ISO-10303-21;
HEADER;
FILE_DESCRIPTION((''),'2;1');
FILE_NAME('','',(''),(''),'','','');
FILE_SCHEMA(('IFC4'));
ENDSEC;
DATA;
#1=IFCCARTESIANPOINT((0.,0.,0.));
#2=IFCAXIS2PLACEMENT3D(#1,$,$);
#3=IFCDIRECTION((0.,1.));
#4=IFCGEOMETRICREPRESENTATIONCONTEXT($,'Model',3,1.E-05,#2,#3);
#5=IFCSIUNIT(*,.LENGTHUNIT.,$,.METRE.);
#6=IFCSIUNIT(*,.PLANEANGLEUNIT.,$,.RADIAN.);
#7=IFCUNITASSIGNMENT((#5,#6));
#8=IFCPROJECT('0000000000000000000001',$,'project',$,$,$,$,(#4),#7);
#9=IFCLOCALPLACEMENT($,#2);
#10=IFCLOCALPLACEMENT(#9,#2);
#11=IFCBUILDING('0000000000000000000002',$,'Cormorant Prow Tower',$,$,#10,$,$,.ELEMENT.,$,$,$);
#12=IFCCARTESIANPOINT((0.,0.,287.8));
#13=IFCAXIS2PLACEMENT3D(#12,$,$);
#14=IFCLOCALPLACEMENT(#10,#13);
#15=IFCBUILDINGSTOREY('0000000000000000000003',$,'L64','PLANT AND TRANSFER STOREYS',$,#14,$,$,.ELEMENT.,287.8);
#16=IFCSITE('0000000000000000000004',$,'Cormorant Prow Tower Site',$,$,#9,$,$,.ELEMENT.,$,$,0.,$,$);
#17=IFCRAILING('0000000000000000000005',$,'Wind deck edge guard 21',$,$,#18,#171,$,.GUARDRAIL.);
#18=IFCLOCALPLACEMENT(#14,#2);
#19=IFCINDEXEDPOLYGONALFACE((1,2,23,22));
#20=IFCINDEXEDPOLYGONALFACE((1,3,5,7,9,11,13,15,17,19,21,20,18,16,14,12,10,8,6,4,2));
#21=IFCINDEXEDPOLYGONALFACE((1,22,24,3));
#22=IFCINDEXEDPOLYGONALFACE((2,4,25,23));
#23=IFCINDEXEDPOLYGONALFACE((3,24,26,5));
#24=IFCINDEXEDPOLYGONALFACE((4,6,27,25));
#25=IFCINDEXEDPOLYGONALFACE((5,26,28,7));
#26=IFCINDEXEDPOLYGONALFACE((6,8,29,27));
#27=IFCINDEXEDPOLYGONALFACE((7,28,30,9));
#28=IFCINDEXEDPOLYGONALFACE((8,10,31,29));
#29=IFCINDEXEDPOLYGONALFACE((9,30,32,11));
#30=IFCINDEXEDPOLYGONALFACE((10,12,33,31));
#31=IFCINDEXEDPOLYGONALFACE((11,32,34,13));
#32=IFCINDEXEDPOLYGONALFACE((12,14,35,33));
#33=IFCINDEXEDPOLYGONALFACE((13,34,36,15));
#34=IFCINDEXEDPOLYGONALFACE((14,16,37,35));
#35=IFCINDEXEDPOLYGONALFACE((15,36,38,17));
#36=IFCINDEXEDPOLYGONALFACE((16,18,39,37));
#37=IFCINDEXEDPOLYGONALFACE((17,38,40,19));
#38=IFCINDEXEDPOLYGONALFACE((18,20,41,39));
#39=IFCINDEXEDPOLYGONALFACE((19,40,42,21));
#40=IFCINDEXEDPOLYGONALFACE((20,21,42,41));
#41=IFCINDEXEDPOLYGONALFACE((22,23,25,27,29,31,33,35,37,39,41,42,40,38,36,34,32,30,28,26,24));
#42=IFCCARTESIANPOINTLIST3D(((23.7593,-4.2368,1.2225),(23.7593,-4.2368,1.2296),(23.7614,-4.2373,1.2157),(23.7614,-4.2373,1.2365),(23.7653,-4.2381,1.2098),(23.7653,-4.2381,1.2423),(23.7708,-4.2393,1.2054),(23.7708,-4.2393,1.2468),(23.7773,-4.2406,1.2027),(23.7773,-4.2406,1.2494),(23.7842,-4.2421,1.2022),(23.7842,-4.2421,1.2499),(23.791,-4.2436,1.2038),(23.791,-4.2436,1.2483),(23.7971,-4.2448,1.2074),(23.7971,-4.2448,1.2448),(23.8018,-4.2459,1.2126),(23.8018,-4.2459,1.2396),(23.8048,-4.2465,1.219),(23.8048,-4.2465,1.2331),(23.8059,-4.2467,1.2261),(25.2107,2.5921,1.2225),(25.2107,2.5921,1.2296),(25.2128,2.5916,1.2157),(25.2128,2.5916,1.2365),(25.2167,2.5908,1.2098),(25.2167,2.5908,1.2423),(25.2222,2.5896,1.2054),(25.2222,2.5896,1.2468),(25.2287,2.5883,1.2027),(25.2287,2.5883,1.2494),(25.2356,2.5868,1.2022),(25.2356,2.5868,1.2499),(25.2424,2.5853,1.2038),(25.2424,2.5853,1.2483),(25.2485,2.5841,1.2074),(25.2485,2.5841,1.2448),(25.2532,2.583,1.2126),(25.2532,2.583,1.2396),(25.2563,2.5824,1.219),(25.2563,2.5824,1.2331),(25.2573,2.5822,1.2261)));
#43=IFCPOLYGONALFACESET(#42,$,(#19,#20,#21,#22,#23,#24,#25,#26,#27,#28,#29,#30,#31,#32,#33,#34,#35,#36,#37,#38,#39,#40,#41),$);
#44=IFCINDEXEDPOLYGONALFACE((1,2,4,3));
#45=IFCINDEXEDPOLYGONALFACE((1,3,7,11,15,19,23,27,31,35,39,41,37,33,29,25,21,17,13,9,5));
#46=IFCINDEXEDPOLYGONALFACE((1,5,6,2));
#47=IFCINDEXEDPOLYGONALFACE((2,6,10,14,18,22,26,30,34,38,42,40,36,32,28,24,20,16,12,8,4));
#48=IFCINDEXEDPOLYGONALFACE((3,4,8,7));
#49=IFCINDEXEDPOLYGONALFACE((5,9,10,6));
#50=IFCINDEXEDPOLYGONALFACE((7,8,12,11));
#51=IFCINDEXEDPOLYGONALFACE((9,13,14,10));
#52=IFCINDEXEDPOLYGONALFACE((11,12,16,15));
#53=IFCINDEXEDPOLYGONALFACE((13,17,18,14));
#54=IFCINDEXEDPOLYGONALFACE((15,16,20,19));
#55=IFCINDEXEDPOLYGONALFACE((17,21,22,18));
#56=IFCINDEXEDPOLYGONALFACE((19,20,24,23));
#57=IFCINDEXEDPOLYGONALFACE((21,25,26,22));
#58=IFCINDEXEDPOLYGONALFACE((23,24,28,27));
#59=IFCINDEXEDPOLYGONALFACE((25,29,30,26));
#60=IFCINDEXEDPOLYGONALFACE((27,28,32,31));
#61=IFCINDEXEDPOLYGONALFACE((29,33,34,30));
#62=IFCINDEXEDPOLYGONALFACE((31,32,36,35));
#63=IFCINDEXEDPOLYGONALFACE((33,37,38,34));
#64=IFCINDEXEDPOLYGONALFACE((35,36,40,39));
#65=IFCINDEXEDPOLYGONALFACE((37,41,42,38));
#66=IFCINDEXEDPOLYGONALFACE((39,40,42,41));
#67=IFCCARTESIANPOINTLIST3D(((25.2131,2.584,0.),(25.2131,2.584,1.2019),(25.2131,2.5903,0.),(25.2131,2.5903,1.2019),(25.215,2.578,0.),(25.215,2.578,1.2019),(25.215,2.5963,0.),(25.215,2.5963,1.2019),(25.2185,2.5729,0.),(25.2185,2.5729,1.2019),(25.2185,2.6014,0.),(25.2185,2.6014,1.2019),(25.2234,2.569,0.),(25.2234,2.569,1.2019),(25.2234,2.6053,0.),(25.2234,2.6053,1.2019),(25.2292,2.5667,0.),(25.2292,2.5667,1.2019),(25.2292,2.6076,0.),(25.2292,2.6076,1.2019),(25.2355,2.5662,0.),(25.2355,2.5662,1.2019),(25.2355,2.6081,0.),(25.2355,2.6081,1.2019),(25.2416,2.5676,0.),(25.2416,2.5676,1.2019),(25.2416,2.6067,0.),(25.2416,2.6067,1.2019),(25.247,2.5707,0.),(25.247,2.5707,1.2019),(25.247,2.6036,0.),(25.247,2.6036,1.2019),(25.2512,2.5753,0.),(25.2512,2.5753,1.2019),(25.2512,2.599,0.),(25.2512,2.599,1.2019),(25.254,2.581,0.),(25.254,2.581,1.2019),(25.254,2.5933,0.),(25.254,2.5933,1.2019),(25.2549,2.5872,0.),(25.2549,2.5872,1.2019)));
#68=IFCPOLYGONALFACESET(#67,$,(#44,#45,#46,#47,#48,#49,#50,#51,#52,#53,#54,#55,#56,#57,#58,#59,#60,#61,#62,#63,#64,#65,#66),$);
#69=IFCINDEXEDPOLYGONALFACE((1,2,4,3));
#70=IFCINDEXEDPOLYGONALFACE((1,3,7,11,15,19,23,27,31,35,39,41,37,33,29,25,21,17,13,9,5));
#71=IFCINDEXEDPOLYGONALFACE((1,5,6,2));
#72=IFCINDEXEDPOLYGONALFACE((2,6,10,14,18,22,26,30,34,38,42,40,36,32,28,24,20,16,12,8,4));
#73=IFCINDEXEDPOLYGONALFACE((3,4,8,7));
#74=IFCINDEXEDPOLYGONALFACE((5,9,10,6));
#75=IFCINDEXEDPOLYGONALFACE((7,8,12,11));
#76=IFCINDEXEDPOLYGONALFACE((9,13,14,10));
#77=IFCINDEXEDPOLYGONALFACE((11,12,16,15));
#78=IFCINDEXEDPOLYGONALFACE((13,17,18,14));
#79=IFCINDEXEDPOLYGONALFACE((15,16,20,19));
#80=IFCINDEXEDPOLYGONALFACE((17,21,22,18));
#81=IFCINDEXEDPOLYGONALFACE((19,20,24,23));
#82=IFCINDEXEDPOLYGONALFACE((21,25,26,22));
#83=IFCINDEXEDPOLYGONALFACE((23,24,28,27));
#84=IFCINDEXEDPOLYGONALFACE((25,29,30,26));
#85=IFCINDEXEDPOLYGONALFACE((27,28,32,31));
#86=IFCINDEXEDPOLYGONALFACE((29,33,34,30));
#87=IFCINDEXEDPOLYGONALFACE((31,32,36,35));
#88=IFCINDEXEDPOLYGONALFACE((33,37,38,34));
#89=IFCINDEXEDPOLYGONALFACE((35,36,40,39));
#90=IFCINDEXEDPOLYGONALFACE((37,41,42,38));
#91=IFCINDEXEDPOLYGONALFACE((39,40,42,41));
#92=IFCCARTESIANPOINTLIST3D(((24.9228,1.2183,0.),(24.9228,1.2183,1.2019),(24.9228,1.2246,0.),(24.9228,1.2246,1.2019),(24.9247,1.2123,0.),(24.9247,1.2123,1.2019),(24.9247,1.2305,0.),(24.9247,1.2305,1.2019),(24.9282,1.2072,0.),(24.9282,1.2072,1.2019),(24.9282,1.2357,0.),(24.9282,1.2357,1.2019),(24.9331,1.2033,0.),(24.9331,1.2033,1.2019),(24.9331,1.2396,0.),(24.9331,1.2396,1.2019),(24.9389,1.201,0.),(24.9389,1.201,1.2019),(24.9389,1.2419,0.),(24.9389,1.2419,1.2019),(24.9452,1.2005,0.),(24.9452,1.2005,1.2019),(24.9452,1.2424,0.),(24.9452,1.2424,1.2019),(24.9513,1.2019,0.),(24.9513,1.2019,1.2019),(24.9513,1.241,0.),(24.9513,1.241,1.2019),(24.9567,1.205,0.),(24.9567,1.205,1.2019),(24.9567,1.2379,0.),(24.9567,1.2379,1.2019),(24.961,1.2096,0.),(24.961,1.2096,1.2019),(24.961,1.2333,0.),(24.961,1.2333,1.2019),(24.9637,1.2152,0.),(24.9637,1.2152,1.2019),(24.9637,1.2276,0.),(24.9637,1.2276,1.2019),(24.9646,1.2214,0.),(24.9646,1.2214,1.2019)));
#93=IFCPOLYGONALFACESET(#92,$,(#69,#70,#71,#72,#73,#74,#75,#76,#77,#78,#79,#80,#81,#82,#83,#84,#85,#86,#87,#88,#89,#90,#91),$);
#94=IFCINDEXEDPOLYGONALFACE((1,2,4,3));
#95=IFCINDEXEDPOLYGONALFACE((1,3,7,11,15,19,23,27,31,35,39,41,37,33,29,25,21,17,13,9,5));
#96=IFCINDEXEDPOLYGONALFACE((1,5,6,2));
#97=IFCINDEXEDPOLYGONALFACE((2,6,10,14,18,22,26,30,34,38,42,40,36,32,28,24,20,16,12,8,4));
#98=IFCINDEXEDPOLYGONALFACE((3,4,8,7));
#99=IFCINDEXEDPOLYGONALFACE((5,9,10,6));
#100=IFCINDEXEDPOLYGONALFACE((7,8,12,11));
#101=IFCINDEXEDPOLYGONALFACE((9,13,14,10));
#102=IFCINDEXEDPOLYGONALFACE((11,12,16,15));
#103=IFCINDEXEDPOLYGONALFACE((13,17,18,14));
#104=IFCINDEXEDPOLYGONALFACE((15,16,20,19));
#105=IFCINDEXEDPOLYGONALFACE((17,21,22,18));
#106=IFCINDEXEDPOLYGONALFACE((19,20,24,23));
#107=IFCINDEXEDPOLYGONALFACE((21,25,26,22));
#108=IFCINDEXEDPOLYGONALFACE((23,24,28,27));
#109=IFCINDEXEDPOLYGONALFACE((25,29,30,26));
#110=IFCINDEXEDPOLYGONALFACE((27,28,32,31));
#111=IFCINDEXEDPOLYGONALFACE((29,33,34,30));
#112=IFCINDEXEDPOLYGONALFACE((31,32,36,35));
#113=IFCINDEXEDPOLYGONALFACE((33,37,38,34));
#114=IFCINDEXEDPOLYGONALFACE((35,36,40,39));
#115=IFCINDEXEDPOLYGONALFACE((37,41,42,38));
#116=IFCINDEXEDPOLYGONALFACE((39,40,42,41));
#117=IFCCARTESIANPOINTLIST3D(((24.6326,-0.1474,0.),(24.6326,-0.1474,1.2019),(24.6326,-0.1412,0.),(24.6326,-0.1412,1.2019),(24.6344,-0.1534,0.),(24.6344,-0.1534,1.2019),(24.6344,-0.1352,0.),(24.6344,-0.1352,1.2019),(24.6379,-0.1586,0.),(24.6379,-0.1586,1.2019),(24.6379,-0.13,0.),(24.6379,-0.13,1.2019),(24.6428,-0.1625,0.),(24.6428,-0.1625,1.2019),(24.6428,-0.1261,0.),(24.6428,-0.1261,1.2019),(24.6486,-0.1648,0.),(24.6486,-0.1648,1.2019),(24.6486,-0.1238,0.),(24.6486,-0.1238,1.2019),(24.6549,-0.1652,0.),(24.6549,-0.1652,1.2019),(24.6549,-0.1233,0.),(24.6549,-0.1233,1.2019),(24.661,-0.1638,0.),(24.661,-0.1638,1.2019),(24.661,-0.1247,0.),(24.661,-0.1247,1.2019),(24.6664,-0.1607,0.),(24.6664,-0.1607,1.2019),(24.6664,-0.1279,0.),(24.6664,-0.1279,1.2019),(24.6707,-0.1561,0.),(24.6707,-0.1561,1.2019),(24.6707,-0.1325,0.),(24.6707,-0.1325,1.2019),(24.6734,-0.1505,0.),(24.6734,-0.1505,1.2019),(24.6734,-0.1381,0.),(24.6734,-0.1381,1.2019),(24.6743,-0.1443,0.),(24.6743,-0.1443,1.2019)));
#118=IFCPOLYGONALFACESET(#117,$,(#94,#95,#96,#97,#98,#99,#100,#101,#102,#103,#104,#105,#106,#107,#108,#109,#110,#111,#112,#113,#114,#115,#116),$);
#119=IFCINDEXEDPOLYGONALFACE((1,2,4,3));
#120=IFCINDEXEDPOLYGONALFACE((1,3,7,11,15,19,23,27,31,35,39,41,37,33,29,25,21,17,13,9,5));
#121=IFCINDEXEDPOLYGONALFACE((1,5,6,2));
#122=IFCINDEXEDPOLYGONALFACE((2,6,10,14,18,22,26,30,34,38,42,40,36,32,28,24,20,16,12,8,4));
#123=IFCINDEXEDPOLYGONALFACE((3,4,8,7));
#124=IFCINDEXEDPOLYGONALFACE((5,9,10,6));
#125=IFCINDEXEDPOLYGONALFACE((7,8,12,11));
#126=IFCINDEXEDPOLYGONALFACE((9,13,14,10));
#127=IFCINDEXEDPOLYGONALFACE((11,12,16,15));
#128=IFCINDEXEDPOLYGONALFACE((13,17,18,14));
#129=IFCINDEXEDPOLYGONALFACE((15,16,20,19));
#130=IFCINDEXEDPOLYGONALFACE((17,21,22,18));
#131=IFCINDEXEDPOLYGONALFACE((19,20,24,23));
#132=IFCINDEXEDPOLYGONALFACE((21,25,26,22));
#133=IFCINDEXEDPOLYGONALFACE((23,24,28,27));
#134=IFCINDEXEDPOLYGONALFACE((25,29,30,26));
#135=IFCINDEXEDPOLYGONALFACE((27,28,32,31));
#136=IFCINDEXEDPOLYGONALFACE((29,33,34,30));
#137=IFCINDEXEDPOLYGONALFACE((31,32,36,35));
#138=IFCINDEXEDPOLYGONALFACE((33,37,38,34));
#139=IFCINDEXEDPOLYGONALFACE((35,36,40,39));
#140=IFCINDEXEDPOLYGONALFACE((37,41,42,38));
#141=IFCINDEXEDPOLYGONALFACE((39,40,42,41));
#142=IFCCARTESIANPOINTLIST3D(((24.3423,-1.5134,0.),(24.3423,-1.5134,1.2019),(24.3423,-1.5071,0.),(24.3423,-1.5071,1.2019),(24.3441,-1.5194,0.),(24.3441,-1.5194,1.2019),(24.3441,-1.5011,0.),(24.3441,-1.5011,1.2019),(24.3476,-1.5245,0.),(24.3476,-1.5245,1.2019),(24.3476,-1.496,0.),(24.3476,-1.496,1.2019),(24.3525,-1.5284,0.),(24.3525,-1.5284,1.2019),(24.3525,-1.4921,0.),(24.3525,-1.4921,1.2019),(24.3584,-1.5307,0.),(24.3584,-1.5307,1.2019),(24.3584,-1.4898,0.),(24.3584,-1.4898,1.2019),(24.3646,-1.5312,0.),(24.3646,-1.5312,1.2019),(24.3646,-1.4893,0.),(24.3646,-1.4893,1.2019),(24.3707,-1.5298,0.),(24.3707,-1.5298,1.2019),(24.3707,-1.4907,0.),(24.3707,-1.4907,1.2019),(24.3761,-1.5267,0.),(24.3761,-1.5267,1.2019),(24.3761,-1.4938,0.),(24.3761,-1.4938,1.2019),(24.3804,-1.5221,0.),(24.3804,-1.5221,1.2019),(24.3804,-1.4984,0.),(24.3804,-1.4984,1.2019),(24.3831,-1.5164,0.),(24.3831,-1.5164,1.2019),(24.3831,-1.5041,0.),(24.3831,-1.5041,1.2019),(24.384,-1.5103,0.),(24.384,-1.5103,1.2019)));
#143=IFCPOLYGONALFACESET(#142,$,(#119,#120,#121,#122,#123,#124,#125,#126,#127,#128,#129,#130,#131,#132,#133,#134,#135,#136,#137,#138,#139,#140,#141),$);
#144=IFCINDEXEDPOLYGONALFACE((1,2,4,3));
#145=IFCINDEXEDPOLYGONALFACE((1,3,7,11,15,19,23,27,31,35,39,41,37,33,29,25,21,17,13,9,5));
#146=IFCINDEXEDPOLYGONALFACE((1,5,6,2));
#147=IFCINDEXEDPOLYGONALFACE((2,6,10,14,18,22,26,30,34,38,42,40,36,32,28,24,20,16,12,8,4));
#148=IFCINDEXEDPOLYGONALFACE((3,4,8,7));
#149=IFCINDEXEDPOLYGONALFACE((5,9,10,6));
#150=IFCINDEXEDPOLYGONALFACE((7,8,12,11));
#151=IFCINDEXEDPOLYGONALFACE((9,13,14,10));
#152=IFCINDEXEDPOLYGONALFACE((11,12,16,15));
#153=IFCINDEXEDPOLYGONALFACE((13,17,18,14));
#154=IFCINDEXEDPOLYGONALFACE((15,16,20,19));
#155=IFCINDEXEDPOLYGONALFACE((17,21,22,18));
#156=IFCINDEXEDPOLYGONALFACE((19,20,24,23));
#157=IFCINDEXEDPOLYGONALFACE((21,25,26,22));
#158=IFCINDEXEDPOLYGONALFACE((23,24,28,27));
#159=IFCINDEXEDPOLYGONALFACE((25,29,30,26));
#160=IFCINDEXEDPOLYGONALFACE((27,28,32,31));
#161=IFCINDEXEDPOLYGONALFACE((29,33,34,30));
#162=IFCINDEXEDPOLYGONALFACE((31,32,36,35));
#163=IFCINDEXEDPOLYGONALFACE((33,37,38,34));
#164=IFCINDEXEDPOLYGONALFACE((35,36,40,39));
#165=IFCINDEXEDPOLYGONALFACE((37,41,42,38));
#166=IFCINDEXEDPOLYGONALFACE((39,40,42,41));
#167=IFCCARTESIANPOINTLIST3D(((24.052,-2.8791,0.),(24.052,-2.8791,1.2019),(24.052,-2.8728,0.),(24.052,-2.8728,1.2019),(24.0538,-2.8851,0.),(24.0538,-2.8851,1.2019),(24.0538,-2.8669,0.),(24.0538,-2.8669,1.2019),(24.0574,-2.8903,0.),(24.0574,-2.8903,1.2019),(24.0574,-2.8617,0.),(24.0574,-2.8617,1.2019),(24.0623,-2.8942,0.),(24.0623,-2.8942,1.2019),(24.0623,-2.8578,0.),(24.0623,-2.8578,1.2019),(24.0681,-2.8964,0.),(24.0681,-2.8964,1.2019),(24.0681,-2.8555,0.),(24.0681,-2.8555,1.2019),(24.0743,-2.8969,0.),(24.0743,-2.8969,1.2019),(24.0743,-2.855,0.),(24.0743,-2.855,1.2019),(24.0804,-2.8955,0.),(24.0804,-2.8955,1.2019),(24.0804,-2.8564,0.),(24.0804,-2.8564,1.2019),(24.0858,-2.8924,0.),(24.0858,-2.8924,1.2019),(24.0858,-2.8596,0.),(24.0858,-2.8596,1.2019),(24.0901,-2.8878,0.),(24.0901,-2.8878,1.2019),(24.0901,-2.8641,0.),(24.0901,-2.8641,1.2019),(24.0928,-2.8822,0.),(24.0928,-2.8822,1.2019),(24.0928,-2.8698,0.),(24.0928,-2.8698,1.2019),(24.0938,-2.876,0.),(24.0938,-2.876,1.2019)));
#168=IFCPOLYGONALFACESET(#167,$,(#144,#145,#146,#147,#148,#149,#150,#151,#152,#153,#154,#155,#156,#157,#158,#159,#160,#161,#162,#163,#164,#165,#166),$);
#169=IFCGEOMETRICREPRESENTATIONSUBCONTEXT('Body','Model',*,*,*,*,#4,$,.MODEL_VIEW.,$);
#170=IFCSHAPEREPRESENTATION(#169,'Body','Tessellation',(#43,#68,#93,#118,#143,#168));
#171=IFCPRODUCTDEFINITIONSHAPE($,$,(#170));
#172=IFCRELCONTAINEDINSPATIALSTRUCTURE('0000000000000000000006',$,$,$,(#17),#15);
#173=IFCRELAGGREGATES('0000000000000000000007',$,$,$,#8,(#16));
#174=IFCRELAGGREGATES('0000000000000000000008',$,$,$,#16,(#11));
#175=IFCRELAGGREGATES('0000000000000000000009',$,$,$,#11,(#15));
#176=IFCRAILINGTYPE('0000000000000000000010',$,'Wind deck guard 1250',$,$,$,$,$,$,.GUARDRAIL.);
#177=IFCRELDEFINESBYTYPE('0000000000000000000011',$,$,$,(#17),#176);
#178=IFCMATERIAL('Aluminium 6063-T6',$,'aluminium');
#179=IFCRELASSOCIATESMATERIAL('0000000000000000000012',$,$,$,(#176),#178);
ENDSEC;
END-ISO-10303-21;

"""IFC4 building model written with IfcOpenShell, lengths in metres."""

from ifc_helpers import new_model, si_unit, direction, frame, origin, origin_2d, place, context, subcontext, project, spatial, circle, extrude, material, type_object, element, save


model = new_model("IFC4")

# Units and contexts
model_context = context("Model", 3, precision=1e-05, world=origin(), true_north=direction((0.0, 1.0)))
body_context = subcontext(model_context, "Body", "Model", "MODEL_VIEW")
ifc_project = project(units=[si_unit("LENGTHUNIT", "METRE"), si_unit("PLANEANGLEUNIT", "RADIAN")], contexts=[model_context])

# Site, building, storey
site_placement = place(None, origin())
site = spatial("IfcSite", under=ifc_project, at=site_placement, Name="Cormorant Prow Tower Site", CompositionType="ELEMENT", RefElevation=0.0)
building_placement = place(site_placement, origin())
building = spatial("IfcBuilding", under=site, at=building_placement, Name="Cormorant Prow Tower", CompositionType="ELEMENT")
storey_placement = place(building_placement, frame((0.0, 0.0, 287.8)))
storey = spatial("IfcBuildingStorey", under=building, at=storey_placement, Name="L64", Description="PLANT AND TRANSFER STOREYS", CompositionType="ELEMENT", Elevation=287.8)

# Railing
ifc_material_1 = material(Name="Aluminium 6063-T6", Category="aluminium")
railing_type = type_object("IfcRailingType", Name="Wind deck guard 1250", PredefinedType="GUARDRAIL", material=ifc_material_1)
railing_placement = place(storey_placement, frame((25.2339, 2.5872, 0.0)))
element("IfcRailing", 1, at=railing_placement, inside=storey, type_object=railing_type, Name="Wind deck edge guard 21", PredefinedType="GUARDRAIL", context=body_context, shape_type="SweptSolid", body=[
    extrude(circle(Radius=0.0239, at=origin_2d()), frame((0.0, 0.0, 1.2261), z_axis=(-0.207898, -0.978151, 0.0), x_axis=(0.978151, -0.207898, 0.0)), (0.0, 0.0, 1.0), 6.9814),
    extrude(circle(Radius=0.021, at=origin_2d()), origin(), (0.0, 0.0, 1.0), 1.2019),
    extrude(circle(Radius=0.021, at=origin_2d()), frame((-0.2903, -1.3657, 0.0)), (0.0, 0.0, 1.0), 1.2019),
    extrude(circle(Radius=0.021, at=origin_2d()), frame((-0.5806, -2.7314, 0.0)), (0.0, 0.0, 1.0), 1.2019),
    extrude(circle(Radius=0.021, at=origin_2d()), frame((-0.8708, -4.0974, 0.0)), (0.0, 0.0, 1.0), 1.2019),
    extrude(circle(Radius=0.021, at=origin_2d()), frame((-1.1611, -5.4631, 0.0)), (0.0, 0.0, 1.0), 1.2019),
])

save(model, "model.ifc")
